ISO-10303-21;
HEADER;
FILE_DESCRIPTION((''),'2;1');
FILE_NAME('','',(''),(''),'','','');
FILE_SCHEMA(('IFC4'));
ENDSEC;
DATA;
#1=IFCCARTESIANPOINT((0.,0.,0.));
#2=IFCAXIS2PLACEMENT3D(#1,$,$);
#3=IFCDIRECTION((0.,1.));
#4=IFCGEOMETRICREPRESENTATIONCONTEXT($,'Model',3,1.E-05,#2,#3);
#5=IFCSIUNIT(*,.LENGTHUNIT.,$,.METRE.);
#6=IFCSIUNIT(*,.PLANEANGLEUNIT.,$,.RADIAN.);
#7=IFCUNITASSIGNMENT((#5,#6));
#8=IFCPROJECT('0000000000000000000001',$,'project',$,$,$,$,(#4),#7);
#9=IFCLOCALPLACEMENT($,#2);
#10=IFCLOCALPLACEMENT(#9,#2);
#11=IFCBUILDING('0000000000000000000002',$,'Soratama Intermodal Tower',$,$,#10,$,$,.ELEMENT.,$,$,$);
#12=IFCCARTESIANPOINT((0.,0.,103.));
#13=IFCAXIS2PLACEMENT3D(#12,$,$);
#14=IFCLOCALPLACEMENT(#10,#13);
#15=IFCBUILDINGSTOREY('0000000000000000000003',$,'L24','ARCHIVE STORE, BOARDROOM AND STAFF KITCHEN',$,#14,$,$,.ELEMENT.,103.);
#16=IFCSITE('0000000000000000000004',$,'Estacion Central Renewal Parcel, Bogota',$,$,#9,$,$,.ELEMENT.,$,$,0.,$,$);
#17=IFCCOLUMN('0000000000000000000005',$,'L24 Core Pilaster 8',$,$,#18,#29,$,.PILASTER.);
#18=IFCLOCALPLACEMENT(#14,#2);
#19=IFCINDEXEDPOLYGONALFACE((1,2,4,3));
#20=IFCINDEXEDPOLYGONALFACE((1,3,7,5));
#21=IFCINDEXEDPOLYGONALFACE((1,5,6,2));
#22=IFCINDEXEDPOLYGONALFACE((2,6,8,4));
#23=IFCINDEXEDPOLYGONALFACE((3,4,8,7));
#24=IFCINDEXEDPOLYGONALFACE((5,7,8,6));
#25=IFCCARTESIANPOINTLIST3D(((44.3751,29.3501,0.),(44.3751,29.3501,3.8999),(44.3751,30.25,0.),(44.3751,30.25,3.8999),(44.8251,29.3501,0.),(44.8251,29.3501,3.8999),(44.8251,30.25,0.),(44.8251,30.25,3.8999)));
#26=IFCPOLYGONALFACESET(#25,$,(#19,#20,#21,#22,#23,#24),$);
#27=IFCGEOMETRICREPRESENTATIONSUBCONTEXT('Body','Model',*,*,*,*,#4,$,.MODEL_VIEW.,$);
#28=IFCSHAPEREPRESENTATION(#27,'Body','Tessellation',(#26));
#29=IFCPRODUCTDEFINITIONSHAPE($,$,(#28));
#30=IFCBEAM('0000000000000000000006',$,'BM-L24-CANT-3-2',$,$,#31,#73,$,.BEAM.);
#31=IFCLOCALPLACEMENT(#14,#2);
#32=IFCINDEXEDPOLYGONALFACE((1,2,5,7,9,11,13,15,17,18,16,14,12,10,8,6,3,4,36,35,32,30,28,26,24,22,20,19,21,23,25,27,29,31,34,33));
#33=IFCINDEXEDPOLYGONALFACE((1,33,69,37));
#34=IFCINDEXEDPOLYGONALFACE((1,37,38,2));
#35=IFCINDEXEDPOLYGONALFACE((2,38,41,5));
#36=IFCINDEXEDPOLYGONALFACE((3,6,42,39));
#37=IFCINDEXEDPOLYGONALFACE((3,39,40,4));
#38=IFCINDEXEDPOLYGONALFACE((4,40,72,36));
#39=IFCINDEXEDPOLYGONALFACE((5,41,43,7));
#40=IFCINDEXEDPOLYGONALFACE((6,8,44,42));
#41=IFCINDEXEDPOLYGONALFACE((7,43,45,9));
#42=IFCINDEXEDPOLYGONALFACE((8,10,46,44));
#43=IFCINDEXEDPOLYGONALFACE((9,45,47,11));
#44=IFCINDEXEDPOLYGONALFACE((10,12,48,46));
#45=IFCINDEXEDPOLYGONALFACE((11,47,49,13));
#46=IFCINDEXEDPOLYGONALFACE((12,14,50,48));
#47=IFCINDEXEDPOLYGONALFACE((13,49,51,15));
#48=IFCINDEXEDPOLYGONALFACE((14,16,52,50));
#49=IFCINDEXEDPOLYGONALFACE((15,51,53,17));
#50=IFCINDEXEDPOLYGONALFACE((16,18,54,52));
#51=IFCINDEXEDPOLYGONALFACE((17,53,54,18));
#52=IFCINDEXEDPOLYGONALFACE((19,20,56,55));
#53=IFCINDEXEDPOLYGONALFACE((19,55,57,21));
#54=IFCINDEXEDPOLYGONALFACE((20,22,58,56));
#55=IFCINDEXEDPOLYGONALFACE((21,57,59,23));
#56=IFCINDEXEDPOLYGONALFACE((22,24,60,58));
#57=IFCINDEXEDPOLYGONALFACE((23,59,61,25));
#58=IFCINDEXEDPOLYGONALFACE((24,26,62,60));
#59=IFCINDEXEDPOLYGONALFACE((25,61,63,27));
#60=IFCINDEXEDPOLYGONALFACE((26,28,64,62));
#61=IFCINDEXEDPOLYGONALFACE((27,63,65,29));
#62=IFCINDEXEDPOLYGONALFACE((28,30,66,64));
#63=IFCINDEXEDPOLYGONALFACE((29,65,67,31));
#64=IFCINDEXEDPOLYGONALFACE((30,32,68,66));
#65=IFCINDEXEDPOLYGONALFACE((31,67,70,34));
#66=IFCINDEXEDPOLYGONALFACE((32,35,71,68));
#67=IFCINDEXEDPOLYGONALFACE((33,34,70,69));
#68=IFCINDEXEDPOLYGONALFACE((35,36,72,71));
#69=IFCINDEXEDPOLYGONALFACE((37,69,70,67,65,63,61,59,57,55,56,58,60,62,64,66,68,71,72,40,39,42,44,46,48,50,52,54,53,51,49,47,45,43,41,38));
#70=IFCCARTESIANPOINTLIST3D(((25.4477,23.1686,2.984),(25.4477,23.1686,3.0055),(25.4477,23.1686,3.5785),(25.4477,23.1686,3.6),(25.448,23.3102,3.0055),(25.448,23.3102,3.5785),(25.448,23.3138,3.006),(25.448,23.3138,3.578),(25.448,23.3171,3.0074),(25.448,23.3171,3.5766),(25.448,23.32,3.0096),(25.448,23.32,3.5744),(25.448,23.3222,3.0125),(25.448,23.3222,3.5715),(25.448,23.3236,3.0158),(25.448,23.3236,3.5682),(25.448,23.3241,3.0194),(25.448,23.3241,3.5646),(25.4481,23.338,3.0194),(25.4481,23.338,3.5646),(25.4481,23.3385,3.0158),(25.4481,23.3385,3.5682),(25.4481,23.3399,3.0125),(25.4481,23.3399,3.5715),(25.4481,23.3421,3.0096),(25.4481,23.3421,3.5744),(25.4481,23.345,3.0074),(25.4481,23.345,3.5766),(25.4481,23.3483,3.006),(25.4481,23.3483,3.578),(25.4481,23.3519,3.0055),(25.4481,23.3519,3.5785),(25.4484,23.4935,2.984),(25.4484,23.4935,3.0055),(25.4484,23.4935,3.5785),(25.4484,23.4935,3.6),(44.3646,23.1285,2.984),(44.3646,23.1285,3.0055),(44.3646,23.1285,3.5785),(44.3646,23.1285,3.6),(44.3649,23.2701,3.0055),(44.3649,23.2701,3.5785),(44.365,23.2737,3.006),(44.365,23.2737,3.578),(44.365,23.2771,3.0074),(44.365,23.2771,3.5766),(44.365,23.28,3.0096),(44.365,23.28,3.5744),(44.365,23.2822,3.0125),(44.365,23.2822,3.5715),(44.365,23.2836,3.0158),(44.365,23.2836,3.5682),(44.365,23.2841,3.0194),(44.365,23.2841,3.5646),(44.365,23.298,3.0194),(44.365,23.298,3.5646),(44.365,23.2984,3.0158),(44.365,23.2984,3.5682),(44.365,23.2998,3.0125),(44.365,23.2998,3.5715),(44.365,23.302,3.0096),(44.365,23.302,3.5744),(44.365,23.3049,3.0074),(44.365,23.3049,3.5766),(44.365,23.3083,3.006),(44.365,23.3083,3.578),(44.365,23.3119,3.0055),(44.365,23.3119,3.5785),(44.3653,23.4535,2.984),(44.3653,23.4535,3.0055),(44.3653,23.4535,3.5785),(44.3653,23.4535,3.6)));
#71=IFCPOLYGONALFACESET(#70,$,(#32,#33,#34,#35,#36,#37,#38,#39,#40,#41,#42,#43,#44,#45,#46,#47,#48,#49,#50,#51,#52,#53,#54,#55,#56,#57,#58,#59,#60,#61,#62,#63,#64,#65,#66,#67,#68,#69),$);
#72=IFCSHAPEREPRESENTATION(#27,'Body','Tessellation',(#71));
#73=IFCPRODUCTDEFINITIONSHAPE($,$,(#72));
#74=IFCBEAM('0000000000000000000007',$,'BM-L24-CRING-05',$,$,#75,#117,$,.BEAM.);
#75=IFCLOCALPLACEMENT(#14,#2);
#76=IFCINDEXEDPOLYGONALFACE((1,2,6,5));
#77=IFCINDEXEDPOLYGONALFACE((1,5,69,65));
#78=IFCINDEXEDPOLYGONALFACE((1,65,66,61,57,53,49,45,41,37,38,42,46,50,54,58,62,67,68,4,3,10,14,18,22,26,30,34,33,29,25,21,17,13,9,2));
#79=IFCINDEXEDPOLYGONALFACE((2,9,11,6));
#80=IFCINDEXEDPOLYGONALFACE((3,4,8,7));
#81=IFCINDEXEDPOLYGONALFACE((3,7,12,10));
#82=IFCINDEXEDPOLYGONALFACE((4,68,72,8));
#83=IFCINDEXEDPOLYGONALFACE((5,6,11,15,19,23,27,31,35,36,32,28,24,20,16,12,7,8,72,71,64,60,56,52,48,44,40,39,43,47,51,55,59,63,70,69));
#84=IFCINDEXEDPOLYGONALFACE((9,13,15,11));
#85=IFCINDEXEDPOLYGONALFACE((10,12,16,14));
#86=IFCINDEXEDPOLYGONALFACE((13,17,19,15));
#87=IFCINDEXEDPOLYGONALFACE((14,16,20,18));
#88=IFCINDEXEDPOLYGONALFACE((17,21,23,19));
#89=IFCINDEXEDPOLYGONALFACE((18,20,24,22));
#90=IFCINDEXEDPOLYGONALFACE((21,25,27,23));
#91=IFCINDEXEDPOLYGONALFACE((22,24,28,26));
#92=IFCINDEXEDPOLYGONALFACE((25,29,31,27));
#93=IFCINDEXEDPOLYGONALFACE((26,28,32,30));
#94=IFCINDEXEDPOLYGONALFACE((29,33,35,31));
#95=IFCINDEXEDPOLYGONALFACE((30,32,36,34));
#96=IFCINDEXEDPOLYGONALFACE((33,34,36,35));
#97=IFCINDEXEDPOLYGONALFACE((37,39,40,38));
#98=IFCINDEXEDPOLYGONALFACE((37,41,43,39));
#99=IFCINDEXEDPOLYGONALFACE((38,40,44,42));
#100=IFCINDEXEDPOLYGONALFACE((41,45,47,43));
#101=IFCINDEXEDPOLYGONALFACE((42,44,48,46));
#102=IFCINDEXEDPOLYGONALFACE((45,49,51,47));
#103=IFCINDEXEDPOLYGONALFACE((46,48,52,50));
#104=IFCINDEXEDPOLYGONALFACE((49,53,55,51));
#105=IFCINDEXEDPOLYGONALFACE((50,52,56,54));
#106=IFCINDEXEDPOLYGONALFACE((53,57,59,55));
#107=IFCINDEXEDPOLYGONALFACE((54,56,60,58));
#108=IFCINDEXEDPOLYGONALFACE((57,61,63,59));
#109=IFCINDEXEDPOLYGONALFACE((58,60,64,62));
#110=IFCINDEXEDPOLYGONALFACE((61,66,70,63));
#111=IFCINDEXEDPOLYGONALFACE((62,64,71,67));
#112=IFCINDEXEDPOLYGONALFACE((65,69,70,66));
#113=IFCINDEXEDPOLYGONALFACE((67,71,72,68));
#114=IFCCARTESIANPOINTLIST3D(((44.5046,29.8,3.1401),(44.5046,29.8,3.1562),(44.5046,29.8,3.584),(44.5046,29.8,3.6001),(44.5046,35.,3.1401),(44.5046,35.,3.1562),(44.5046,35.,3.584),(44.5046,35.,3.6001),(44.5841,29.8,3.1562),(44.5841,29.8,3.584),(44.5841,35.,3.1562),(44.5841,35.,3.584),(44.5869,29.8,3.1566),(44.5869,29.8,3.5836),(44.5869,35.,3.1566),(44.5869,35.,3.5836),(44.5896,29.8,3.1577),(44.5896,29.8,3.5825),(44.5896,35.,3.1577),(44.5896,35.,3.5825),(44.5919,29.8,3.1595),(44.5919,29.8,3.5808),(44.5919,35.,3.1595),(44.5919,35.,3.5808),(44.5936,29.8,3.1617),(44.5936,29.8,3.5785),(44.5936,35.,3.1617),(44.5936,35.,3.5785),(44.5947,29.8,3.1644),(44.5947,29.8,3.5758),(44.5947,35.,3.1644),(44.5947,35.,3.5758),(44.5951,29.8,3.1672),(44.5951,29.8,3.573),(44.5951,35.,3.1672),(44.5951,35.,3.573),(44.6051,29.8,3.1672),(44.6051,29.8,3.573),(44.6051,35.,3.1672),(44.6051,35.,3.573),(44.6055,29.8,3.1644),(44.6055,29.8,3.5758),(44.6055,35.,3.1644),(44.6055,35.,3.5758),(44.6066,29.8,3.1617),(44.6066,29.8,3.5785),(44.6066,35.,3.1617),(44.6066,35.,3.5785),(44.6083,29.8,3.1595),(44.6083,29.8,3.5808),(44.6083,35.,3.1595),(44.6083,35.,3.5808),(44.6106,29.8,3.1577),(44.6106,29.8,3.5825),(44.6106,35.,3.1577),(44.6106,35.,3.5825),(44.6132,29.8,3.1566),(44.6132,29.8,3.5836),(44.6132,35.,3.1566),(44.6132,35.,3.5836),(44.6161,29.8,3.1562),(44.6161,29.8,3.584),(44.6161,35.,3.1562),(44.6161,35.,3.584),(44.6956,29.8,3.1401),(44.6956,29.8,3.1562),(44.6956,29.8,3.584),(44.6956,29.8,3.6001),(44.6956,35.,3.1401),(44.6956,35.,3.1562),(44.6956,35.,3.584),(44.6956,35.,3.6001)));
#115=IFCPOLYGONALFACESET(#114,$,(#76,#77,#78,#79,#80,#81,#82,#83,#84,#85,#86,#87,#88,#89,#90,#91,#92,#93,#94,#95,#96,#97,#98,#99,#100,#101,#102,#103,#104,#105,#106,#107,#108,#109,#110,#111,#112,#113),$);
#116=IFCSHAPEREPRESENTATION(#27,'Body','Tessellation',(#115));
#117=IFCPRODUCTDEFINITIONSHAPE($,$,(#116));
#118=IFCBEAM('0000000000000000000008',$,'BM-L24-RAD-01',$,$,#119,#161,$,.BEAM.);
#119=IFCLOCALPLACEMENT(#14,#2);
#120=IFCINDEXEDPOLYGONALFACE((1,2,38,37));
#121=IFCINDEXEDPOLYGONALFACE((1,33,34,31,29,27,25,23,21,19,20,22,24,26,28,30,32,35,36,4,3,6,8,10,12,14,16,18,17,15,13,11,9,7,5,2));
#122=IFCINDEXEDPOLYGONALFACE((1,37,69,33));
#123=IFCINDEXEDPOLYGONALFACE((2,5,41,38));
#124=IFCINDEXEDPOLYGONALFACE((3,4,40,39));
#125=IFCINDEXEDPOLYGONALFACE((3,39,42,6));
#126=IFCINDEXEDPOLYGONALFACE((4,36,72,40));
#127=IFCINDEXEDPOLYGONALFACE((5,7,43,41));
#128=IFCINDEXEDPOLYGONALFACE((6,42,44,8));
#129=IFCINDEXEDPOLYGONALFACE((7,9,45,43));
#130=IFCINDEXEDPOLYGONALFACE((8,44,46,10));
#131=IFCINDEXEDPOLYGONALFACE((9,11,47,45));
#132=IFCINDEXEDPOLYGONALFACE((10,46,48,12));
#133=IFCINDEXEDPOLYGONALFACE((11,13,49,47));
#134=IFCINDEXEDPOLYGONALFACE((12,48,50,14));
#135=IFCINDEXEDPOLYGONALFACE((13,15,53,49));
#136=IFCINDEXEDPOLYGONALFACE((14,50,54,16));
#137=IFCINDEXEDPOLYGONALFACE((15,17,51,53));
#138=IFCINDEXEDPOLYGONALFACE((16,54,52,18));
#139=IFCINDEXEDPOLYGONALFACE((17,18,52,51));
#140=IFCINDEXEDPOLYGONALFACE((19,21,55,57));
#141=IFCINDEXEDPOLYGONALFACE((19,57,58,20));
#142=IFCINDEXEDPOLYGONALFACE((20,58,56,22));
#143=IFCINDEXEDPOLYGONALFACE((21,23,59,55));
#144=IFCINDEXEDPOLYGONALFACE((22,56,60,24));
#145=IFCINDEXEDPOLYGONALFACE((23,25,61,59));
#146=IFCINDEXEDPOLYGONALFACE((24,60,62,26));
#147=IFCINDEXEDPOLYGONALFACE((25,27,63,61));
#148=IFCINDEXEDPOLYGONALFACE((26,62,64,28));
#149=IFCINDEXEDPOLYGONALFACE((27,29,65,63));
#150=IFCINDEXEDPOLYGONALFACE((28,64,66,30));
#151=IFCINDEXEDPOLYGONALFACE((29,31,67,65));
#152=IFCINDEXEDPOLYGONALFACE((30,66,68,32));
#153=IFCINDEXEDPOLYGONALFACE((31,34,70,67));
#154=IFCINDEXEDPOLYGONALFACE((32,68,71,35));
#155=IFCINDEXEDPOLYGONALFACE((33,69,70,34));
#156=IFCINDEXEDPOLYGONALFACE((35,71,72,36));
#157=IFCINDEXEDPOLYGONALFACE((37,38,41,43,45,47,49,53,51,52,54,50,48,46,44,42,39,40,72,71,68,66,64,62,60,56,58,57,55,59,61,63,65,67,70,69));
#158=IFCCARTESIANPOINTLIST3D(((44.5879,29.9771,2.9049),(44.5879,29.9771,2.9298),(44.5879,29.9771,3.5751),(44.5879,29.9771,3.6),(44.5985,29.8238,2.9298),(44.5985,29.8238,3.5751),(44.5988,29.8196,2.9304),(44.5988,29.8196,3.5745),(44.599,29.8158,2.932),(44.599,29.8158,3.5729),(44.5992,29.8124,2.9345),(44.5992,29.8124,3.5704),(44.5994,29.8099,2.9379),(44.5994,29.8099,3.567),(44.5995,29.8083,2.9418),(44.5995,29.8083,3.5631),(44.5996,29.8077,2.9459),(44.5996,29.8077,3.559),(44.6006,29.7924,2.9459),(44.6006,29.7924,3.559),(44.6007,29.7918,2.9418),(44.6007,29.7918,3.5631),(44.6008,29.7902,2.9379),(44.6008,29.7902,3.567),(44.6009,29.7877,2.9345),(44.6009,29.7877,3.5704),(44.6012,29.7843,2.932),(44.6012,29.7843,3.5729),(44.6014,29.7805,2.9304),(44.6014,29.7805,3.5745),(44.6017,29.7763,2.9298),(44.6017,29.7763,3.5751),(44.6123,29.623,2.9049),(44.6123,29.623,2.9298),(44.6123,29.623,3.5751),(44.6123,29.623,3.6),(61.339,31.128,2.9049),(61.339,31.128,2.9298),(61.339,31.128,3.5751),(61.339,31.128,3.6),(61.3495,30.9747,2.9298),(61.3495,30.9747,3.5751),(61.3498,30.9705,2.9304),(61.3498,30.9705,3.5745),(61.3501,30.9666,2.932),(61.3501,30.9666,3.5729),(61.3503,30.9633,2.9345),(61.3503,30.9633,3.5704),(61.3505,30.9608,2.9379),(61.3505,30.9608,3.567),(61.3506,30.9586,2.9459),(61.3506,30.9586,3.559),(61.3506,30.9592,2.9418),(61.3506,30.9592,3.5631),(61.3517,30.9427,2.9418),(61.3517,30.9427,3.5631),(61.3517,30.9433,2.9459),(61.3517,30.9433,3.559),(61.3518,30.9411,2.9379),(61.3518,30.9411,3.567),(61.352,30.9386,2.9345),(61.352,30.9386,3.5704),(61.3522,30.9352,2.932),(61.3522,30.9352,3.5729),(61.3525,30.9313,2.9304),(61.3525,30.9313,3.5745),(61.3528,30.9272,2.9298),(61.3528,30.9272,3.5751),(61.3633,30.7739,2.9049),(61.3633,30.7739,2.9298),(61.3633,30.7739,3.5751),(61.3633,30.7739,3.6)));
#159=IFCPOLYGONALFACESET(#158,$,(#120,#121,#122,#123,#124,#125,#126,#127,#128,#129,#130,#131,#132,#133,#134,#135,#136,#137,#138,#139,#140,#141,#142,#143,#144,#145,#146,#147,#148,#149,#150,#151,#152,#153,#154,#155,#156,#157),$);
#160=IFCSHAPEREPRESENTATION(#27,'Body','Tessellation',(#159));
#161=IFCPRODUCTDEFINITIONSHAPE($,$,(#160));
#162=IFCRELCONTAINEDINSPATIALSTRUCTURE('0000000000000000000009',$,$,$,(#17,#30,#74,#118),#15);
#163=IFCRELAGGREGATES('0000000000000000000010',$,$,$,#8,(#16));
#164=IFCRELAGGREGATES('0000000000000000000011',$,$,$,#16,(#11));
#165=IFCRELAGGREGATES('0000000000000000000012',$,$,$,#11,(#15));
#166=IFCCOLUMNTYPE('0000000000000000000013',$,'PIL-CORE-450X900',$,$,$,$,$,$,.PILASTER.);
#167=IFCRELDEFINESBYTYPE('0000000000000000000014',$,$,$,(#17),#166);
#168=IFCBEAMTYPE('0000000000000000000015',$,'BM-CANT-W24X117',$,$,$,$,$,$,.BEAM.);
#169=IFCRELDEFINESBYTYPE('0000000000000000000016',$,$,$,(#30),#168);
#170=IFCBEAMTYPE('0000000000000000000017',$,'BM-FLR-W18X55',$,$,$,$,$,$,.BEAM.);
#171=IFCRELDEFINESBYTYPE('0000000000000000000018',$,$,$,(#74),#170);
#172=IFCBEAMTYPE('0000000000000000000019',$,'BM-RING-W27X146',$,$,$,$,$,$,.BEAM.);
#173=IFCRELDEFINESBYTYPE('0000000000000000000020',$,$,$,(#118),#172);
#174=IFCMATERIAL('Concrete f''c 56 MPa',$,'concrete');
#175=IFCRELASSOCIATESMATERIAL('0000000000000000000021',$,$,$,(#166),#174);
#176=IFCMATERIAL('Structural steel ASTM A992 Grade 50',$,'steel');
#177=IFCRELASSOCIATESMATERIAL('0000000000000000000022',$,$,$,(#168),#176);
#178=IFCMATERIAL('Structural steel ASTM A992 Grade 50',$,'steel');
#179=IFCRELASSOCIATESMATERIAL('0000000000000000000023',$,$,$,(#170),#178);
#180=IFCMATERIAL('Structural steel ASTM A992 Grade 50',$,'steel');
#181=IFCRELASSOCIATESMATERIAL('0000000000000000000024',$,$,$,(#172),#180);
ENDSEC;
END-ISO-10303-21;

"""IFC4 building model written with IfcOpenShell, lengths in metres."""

from ifc_helpers import new_model, si_unit, direction, frame, origin, origin_2d, place, context, subcontext, project, spatial, rectangle, i_section, extrude, material, material_profile, profile_set, type_object, element, save


model = new_model("IFC4")

# Units and contexts
model_context = context("Model", 3, precision=1e-05, world=origin(), true_north=direction((0.0, 1.0)))
body_context = subcontext(model_context, "Body", "Model", "MODEL_VIEW")
ifc_project = project(units=[si_unit("LENGTHUNIT", "METRE"), si_unit("PLANEANGLEUNIT", "RADIAN")], contexts=[model_context])

# Site, building, storey
site_placement = place(None, origin())
site = spatial("IfcSite", under=ifc_project, at=site_placement, Name="Estacion Central Renewal Parcel, Bogota", CompositionType="ELEMENT", RefElevation=0.0)
building_placement = place(site_placement, origin())
building = spatial("IfcBuilding", under=site, at=building_placement, Name="Soratama Intermodal Tower", CompositionType="ELEMENT")
storey_placement = place(building_placement, frame((0.0, 0.0, 103.0)))
storey = spatial("IfcBuildingStorey", under=building, at=storey_placement, Name="L24", Description="ARCHIVE STORE, BOARDROOM AND STAFF KITCHEN", CompositionType="ELEMENT", Elevation=103.0)

# Column
ifc_material_1 = material(Name="Concrete f'c 56 MPa", Category="concrete")
ifc_material_profile_1 = material_profile(ifc_material_1, rectangle(XDim=0.45, YDim=0.8999, at=origin_2d()), Name="RC450X900")
ifc_profile_set_1 = profile_set([ifc_material_profile_1], Name="Concrete f'c 56 MPa")
column_type = type_object("IfcColumnType", Name="PIL-CORE-450X900", PredefinedType="PILASTER", material=ifc_profile_set_1)
column_placement = place(storey_placement, frame((44.6001, 29.8, 0.0), z_axis=(0.0, 0.0, 1.0), x_axis=(1.0, 0.0, 0.0)))
element("IfcColumn", 1, at=column_placement, inside=storey, type_object=column_type, Name="L24 Core Pilaster 8", PredefinedType="PILASTER", context=body_context, shape_type="SweptSolid", body=[
    extrude(rectangle(XDim=0.45, YDim=0.8999, at=origin_2d()), origin(), (0.0, 0.0, 1.0), 3.8999),
])

# Beams
ifc_material_2 = material(Name="Structural steel ASTM A992 Grade 50", Category="steel")
ifc_material_profile_2 = material_profile(ifc_material_2, i_section(OverallWidth=0.325, OverallDepth=0.616, WebThickness=0.0139, FlangeThickness=0.0215, FilletRadius=0.0139, at=origin_2d()), Name="W24X117")
ifc_profile_set_2 = profile_set([ifc_material_profile_2], Name="Structural steel ASTM A992 Grade 50")
beam_type_1 = type_object("IfcBeamType", Name="BM-CANT-W24X117", PredefinedType="BEAM", material=ifc_profile_set_2)
beam_1_placement = place(storey_placement, frame((44.365, 23.291, 3.292), z_axis=(-0.999998, 0.002117, 0.0), x_axis=(-0.002117, -0.999998, 0.0)))
element("IfcBeam", 2, at=beam_1_placement, inside=storey, type_object=beam_type_1, Name="BM-L24-CANT-3-2", PredefinedType="BEAM", context=body_context, shape_type="SweptSolid", body=[
    extrude(i_section(OverallWidth=0.325, OverallDepth=0.616, WebThickness=0.0139, FlangeThickness=0.0215, FilletRadius=0.0139, at=origin_2d()), origin(), (0.0, 0.0, 1.0), 18.917),
])
ifc_material_3 = material(Name="Structural steel ASTM A992 Grade 50", Category="steel")
ifc_material_profile_3 = material_profile(ifc_material_3, i_section(OverallWidth=0.1909, OverallDepth=0.46, WebThickness=0.01, FlangeThickness=0.0161, FilletRadius=0.011, at=origin_2d()), Name="W18X55")
ifc_profile_set_3 = profile_set([ifc_material_profile_3], Name="Structural steel ASTM A992 Grade 50")
beam_type_2 = type_object("IfcBeamType", Name="BM-FLR-W18X55", PredefinedType="BEAM", material=ifc_profile_set_3)
beam_2_placement = place(storey_placement, frame((44.6001, 29.8, 3.3701), z_axis=(0.0, 1.0, 0.0), x_axis=(-1.0, 0.0, 0.0)))
element("IfcBeam", 3, at=beam_2_placement, inside=storey, type_object=beam_type_2, Name="BM-L24-CRING-05", PredefinedType="BEAM", context=body_context, shape_type="SweptSolid", body=[
    extrude(i_section(OverallWidth=0.1909, OverallDepth=0.46, WebThickness=0.01, FlangeThickness=0.0161, FilletRadius=0.011, at=origin_2d()), origin(), (0.0, 0.0, 1.0), 5.2),
])
ifc_material_4 = material(Name="Structural steel ASTM A992 Grade 50", Category="steel")
ifc_material_profile_4 = material_profile(ifc_material_4, i_section(OverallWidth=0.355, OverallDepth=0.6951, WebThickness=0.0154, FlangeThickness=0.0249, FilletRadius=0.0161, at=origin_2d()), Name="W27X146")
ifc_profile_set_4 = profile_set([ifc_material_profile_4], Name="Structural steel ASTM A992 Grade 50")
beam_type_3 = type_object("IfcBeamType", Name="BM-RING-W27X146", PredefinedType="BEAM", material=ifc_profile_set_4)
beam_3_placement = place(storey_placement, frame((44.6001, 29.8, 3.2524), z_axis=(0.997648, 0.068544, 0.0), x_axis=(-0.068544, 0.997648, 0.0)))
element("IfcBeam", 4, at=beam_3_placement, inside=storey, type_object=beam_type_3, Name="BM-L24-RAD-01", PredefinedType="BEAM", context=body_context, shape_type="SweptSolid", body=[
    extrude(i_section(OverallWidth=0.355, OverallDepth=0.6951, WebThickness=0.0154, FlangeThickness=0.0249, FilletRadius=0.0161, at=origin_2d()), origin(), (0.0, 0.0, 1.0), 16.7905),
])

save(model, "model.ifc")
